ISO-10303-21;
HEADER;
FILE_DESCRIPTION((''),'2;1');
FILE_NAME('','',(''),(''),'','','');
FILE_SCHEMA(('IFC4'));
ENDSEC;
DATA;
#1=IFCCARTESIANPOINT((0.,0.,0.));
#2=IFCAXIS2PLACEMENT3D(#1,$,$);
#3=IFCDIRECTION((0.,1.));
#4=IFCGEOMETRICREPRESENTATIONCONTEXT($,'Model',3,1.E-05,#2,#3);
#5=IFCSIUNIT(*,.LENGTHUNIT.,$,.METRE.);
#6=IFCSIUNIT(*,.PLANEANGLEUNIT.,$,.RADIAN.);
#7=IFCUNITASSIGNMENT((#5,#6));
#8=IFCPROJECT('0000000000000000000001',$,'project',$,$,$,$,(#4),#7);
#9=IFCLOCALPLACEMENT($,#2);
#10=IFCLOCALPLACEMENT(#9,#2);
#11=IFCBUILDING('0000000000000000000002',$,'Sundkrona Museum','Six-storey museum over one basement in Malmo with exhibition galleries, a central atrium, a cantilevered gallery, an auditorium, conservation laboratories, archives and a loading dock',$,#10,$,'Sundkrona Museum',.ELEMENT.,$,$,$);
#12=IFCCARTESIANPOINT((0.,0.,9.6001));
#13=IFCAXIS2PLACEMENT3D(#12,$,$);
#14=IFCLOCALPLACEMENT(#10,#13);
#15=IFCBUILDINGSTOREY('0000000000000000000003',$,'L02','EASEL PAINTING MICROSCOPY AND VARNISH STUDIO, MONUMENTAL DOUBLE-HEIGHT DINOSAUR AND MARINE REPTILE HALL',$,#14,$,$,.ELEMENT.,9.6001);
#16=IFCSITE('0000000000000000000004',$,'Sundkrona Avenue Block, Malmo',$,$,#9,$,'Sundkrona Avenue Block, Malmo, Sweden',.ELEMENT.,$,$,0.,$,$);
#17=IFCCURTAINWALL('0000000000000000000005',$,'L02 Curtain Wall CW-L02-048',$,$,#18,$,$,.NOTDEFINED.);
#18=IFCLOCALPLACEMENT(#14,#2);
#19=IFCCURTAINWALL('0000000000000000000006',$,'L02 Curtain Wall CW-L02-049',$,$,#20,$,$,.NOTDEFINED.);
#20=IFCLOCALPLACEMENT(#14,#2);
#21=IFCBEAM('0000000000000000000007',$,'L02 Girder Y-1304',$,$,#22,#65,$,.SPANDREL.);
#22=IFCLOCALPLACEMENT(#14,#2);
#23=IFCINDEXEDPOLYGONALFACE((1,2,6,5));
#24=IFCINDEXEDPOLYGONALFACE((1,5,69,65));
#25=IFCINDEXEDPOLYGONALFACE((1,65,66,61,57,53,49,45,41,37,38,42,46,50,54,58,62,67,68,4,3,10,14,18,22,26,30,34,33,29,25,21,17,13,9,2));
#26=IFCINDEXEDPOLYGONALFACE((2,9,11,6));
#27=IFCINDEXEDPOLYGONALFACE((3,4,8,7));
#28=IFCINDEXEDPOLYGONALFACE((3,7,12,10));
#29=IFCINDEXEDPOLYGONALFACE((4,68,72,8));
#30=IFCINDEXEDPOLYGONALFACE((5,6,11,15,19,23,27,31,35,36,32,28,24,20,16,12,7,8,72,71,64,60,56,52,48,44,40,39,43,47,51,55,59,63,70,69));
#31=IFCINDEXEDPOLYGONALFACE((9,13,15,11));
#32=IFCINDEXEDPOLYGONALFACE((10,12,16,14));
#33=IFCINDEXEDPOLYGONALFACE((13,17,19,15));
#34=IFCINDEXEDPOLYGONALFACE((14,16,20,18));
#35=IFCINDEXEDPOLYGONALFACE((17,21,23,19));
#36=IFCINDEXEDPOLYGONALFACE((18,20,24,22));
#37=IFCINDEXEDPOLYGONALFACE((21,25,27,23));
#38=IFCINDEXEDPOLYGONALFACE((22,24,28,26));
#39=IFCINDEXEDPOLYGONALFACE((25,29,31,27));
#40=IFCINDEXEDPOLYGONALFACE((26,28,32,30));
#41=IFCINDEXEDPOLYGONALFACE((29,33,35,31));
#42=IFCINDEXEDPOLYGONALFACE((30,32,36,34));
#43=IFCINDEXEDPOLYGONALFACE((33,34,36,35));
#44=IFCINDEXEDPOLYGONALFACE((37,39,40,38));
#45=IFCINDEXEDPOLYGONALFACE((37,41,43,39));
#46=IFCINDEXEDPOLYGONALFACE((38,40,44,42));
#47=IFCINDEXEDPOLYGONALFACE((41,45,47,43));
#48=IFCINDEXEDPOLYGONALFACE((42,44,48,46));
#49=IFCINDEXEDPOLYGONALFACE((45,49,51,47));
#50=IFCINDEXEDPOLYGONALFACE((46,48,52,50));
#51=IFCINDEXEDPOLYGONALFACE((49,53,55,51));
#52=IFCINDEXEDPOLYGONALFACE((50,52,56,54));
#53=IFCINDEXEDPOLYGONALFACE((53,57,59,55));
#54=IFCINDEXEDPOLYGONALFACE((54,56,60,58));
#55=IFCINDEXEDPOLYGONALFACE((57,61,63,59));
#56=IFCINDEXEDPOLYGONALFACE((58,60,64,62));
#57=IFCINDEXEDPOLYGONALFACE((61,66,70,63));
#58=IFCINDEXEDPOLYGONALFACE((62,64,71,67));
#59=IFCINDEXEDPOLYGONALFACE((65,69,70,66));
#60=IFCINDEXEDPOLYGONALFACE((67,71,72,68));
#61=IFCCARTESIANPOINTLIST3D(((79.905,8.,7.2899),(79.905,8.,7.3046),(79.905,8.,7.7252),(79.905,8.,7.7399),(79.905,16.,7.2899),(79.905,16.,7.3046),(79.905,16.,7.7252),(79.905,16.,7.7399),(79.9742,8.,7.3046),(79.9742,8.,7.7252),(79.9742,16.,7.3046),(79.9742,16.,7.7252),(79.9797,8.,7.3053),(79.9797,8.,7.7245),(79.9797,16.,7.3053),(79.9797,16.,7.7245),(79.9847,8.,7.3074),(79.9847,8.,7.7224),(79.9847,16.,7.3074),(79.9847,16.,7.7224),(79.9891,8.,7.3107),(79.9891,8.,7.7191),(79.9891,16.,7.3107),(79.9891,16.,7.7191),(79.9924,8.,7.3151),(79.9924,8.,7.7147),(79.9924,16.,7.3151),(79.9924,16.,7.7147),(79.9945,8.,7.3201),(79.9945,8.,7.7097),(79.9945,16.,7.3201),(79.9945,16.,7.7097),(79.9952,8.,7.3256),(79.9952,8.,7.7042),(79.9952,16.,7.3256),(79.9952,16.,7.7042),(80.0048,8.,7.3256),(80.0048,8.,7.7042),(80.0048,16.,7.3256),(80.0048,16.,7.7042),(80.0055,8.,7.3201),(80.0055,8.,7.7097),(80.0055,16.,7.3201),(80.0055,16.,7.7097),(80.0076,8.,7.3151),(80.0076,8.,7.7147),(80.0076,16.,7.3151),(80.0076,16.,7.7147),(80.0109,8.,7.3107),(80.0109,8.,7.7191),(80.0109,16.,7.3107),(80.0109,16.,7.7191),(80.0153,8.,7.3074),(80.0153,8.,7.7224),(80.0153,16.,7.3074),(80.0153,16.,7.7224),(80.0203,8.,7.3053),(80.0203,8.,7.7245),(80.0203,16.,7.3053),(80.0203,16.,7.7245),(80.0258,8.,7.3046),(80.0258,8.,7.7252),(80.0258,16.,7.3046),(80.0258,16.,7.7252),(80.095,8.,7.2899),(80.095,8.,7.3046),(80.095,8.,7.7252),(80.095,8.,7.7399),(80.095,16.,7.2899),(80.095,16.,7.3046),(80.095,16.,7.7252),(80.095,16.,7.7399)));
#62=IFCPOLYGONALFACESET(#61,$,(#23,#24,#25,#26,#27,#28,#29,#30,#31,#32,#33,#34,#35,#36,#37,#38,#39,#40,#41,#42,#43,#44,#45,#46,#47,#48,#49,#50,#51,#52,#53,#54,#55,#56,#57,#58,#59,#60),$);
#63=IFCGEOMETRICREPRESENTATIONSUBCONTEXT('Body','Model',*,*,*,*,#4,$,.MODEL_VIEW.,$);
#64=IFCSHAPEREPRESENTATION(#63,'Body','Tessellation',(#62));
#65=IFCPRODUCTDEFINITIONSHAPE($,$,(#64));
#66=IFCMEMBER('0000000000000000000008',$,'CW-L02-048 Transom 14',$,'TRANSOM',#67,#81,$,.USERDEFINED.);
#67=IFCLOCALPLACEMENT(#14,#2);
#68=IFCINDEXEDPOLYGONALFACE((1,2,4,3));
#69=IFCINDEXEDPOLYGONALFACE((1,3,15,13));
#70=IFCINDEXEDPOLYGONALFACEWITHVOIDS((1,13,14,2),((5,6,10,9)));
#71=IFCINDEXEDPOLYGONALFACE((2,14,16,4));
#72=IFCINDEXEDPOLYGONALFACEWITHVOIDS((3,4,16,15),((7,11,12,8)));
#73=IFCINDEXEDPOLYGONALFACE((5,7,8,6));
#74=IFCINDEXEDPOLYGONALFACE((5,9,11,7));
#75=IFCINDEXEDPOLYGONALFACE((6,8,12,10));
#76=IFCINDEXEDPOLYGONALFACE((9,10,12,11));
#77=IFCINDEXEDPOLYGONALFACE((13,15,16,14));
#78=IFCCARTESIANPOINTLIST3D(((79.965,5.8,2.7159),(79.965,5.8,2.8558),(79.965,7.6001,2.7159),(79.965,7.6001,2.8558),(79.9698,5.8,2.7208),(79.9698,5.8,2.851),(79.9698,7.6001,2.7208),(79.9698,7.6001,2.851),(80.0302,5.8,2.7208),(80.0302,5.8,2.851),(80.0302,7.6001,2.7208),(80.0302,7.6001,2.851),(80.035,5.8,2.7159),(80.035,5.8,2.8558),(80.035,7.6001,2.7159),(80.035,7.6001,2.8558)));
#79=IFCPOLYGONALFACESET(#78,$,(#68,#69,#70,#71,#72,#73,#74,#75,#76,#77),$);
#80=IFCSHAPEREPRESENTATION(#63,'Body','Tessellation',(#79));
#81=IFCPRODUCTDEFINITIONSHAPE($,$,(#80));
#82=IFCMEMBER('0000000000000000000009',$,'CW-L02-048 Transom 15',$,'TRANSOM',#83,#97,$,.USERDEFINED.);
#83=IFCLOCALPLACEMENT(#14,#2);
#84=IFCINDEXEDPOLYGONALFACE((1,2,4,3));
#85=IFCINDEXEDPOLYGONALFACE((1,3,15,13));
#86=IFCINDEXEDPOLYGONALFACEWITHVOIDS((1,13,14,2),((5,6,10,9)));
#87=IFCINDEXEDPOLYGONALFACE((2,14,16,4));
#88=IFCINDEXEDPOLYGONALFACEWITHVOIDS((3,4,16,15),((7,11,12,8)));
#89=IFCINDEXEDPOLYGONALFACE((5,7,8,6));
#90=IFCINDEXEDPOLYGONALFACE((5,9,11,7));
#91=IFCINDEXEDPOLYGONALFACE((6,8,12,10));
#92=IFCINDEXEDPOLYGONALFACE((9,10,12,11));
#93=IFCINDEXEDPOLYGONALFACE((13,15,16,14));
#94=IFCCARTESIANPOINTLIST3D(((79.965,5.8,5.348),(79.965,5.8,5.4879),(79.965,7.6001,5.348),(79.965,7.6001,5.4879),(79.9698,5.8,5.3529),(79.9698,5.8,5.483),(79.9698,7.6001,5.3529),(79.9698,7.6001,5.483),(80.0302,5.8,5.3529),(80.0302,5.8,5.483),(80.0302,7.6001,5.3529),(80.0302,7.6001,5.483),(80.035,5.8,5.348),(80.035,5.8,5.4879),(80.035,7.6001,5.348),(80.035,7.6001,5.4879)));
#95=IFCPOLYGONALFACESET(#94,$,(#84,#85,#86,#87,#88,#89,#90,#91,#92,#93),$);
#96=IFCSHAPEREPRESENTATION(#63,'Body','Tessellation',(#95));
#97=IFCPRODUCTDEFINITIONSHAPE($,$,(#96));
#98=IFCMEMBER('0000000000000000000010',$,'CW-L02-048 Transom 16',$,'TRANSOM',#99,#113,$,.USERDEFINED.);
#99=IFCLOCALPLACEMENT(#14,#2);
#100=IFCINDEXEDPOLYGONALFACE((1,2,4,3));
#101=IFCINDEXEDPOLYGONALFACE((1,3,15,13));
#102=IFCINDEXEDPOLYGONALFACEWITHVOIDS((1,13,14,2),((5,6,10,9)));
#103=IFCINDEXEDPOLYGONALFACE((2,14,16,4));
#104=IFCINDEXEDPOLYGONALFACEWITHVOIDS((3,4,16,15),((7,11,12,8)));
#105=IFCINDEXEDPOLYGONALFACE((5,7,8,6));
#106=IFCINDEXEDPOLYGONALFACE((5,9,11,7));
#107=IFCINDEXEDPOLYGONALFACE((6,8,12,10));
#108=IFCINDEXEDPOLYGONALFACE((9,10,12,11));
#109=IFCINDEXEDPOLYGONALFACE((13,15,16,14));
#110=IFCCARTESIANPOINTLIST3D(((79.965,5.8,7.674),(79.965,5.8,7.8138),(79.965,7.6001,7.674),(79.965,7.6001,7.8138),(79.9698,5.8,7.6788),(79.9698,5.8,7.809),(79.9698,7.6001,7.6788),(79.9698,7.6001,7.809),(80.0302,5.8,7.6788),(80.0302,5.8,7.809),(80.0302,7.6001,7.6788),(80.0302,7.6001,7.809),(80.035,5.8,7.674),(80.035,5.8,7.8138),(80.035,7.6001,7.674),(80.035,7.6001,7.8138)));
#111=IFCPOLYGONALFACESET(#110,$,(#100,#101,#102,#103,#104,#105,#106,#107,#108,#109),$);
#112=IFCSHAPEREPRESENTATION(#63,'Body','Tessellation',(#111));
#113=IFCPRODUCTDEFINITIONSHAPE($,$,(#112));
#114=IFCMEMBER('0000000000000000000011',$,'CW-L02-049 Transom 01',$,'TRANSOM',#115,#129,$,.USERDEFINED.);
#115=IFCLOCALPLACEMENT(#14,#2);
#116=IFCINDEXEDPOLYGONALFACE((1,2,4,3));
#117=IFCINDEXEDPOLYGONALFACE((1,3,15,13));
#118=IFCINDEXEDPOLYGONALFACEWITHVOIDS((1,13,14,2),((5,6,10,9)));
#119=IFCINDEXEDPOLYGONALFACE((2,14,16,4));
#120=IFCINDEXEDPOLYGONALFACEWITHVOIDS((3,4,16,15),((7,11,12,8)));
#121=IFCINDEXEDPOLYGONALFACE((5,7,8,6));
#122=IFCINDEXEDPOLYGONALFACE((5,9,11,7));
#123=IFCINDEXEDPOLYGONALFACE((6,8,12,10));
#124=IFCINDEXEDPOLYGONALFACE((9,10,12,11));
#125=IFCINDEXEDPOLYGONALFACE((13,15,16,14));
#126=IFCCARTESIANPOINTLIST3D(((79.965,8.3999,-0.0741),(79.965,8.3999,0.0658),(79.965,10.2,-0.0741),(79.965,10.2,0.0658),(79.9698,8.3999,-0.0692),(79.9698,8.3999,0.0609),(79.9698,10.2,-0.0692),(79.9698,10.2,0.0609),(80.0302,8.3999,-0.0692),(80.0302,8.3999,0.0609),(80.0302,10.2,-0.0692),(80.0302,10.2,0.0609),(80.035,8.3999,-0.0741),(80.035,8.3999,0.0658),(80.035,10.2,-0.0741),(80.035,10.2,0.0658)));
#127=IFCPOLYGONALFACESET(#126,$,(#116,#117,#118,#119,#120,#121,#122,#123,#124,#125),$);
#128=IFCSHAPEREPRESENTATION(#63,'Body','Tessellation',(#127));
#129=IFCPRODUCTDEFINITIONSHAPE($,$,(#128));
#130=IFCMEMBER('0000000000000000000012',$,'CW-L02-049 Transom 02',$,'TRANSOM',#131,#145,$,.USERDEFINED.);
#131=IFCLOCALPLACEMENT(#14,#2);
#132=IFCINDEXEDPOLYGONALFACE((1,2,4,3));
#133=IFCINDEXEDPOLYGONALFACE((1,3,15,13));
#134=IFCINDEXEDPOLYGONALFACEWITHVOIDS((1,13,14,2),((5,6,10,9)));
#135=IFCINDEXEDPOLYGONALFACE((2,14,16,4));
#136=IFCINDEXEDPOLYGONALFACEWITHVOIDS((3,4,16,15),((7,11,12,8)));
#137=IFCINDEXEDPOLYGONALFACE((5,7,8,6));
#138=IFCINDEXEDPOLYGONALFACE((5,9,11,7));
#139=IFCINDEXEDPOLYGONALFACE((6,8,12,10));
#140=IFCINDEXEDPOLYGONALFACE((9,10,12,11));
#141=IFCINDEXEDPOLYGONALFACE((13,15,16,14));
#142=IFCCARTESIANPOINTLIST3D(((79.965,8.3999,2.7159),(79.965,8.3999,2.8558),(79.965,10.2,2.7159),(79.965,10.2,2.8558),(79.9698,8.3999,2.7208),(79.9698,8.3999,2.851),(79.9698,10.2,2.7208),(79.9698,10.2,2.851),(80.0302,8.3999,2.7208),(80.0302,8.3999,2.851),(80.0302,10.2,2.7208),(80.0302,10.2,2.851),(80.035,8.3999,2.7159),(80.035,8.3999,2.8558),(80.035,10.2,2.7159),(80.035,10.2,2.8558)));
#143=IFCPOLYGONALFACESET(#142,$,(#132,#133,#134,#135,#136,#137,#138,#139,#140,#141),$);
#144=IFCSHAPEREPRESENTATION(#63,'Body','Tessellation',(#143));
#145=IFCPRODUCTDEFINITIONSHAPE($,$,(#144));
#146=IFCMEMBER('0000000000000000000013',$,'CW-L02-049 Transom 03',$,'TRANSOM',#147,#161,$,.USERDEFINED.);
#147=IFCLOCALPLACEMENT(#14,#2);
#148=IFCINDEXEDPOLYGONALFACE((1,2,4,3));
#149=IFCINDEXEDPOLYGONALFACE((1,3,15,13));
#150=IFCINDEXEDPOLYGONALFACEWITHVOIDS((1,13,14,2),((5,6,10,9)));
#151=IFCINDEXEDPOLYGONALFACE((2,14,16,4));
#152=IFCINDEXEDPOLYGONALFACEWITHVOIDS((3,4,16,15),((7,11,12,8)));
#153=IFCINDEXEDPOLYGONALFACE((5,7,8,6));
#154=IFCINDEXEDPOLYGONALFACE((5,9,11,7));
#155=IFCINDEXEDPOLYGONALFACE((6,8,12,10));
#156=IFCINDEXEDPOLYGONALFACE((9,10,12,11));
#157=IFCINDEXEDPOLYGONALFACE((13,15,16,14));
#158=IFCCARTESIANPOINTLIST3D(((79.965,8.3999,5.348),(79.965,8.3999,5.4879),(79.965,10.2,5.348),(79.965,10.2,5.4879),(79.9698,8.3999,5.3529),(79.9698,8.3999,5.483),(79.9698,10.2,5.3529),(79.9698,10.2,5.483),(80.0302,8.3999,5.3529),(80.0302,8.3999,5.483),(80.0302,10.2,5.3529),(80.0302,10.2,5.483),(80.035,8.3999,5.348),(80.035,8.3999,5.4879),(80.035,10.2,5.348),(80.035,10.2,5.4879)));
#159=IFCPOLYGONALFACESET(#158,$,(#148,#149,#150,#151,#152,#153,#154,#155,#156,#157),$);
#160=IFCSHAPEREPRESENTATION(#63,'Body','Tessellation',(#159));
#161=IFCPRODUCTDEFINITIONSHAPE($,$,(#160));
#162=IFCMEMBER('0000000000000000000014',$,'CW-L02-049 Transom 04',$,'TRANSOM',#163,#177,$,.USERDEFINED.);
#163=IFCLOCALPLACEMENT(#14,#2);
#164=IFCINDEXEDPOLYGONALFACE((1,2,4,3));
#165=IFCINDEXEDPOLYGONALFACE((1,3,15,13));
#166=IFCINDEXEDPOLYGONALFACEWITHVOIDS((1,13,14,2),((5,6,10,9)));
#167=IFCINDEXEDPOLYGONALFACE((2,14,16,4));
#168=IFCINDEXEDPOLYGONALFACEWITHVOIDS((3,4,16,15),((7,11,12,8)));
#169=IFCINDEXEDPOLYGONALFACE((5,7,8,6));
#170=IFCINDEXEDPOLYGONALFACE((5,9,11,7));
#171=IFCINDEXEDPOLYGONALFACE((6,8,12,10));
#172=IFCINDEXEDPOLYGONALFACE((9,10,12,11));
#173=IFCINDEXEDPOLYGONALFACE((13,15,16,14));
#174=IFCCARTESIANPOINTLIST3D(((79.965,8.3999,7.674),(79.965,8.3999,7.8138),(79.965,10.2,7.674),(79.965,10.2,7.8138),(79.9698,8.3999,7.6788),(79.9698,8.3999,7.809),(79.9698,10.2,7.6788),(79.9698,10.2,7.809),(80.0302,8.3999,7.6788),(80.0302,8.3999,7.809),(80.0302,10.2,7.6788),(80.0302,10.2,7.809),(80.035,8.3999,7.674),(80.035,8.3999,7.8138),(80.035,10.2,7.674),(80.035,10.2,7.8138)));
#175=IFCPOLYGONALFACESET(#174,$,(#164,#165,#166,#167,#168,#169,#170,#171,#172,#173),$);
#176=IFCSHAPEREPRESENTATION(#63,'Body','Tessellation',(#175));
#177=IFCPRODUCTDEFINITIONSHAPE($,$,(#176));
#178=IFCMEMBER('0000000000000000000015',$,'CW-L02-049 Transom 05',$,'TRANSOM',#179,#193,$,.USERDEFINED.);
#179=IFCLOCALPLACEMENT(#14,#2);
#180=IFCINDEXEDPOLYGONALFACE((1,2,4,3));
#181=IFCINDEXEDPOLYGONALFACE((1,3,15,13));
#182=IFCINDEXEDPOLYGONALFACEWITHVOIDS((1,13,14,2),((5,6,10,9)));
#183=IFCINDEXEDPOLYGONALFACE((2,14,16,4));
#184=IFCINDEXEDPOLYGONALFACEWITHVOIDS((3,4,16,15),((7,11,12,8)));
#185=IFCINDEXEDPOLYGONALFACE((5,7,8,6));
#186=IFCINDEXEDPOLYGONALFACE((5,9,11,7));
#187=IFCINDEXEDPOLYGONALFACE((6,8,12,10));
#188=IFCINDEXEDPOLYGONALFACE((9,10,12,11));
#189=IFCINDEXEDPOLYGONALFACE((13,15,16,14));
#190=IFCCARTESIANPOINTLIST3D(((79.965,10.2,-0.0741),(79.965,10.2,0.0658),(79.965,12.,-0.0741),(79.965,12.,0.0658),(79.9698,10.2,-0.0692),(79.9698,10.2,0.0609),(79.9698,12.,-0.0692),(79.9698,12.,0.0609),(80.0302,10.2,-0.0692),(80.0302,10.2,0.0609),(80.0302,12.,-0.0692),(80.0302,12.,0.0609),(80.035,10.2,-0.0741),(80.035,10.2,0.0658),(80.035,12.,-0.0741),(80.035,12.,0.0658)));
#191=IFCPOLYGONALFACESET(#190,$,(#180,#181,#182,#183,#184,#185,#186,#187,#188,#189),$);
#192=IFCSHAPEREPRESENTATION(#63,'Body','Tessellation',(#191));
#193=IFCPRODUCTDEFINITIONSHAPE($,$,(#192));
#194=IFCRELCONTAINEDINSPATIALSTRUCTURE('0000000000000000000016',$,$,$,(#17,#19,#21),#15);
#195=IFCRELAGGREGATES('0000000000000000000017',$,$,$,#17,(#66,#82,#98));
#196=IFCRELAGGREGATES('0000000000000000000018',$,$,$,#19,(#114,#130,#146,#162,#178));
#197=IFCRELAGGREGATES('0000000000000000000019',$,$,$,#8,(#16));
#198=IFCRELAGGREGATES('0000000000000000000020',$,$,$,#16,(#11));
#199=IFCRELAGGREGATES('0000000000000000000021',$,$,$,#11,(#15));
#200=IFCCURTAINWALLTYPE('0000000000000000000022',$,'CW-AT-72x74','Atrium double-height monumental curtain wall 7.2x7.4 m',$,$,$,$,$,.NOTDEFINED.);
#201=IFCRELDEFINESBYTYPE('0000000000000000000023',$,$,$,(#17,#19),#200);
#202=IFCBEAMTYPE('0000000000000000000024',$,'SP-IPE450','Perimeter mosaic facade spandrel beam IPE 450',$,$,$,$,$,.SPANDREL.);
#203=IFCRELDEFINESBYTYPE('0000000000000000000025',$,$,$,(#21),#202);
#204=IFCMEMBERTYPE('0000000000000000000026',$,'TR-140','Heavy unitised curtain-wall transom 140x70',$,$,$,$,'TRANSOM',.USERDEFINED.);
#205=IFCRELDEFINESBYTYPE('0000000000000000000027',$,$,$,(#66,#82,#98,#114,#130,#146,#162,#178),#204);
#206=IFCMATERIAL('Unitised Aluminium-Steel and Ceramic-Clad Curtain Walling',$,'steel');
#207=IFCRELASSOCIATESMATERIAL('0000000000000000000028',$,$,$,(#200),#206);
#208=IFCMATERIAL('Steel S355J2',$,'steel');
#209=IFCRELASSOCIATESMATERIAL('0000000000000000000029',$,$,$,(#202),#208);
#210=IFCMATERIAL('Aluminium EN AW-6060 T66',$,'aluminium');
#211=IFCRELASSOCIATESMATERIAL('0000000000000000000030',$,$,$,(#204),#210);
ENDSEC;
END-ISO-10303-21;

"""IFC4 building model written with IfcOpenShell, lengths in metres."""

from ifc_helpers import new_model, si_unit, direction, frame, origin, origin_2d, place, context, subcontext, project, spatial, hollow_rectangle, i_section, extrude, material, material_profile, profile_set, type_object, element, aggregate, save


model = new_model("IFC4")

# Units and contexts
model_context = context("Model", 3, precision=1e-05, world=origin(), true_north=direction((0.0, 1.0)))
body_context = subcontext(model_context, "Body", "Model", "MODEL_VIEW")
ifc_project = project(units=[si_unit("LENGTHUNIT", "METRE"), si_unit("PLANEANGLEUNIT", "RADIAN")], contexts=[model_context])

# Site, building, storey
site_placement = place(None, origin())
site = spatial("IfcSite", under=ifc_project, at=site_placement, Name="Sundkrona Avenue Block, Malmo", LongName="Sundkrona Avenue Block, Malmo, Sweden", CompositionType="ELEMENT", RefElevation=0.0)
building_placement = place(site_placement, origin())
building = spatial("IfcBuilding", under=site, at=building_placement, Name="Sundkrona Museum", Description="Six-storey museum over one basement in Malmo with exhibition galleries, a central atrium, a cantilevered gallery, an auditorium, conservation laboratories, archives and a loading dock", LongName="Sundkrona Museum", CompositionType="ELEMENT")
storey_placement = place(building_placement, frame((0.0, 0.0, 9.6001)))
storey = spatial("IfcBuildingStorey", under=building, at=storey_placement, Name="L02", Description="EASEL PAINTING MICROSCOPY AND VARNISH STUDIO, MONUMENTAL DOUBLE-HEIGHT DINOSAUR AND MARINE REPTILE HALL", CompositionType="ELEMENT", Elevation=9.6001)

# Shared definitions
ifc_material_1 = material(Name="Steel S355J2", Category="steel")

# Curtain wall
ifc_material_2 = material(Name="Unitised Aluminium-Steel and Ceramic-Clad Curtain Walling", Category="steel")
curtain_wall_type = type_object("IfcCurtainWallType", Name="CW-AT-72x74", Description="Atrium double-height monumental curtain wall 7.2x7.4 m", PredefinedType="NOTDEFINED", material=ifc_material_2)
curtain_wall_1_placement = place(storey_placement, origin())
curtain_wall_1 = element("IfcCurtainWall", 1, at=curtain_wall_1_placement, inside=storey, type_object=curtain_wall_type, Name="L02 Curtain Wall CW-L02-048", PredefinedType="NOTDEFINED")
ifc_material_3 = material(Name="Aluminium EN AW-6060 T66", Category="aluminium")

# Curtain wall
curtain_wall_2_placement = place(storey_placement, origin())
curtain_wall_2 = element("IfcCurtainWall", 2, at=curtain_wall_2_placement, inside=storey, type_object=curtain_wall_type, Name="L02 Curtain Wall CW-L02-049", PredefinedType="NOTDEFINED")

# Beam
ifc_material_profile_1 = material_profile(ifc_material_1, i_section(OverallWidth=0.1899, OverallDepth=0.45, WebThickness=0.0095, FlangeThickness=0.0146, FilletRadius=0.021, at=origin_2d()), Name="IPE 450")
ifc_profile_set_1 = profile_set([ifc_material_profile_1], Name="Steel S355J2")
beam_type_1 = type_object("IfcBeamType", Name="SP-IPE450", Description="Perimeter mosaic facade spandrel beam IPE 450", PredefinedType="SPANDREL", material=ifc_profile_set_1)
beam_1_placement = place(storey_placement, frame((80.0, 8.0, 7.5149), z_axis=(0.0, 1.0, 0.0), x_axis=(-1.0, 0.0, 0.0)))
element("IfcBeam", 3, at=beam_1_placement, inside=storey, type_object=beam_type_1, Name="L02 Girder Y-1304", PredefinedType="SPANDREL", context=body_context, shape_type="SweptSolid", body=[
    extrude(i_section(OverallWidth=0.1899, OverallDepth=0.45, WebThickness=0.0095, FlangeThickness=0.0146, FilletRadius=0.021, at=origin_2d()), origin(), (0.0, 0.0, 1.0), 8.0),
])

# Members
ifc_material_profile_2 = material_profile(ifc_material_3, hollow_rectangle(XDim=0.0701, YDim=0.1399, WallThickness=0.0049, at=origin_2d()), Name="RHS 140x70x5.0")
ifc_profile_set_2 = profile_set([ifc_material_profile_2], Name="Aluminium EN AW-6060 T66")
member_type_1 = type_object("IfcMemberType", Name="TR-140", Description="Heavy unitised curtain-wall transom 140x70", ElementType="TRANSOM", PredefinedType="USERDEFINED", material=ifc_profile_set_2)
member_1_placement = place(storey_placement, frame((80.0, 5.8, 2.7859), z_axis=(0.0, 1.0, 0.0), x_axis=(-1.0, 0.0, 0.0)))
member_1 = element("IfcMember", 4, at=member_1_placement, type_object=member_type_1, Name="CW-L02-048 Transom 14", ObjectType="TRANSOM", PredefinedType="USERDEFINED", context=body_context, shape_type="SweptSolid", body=[
    extrude(hollow_rectangle(XDim=0.0701, YDim=0.1399, WallThickness=0.0049, at=origin_2d()), origin(), (0.0, 0.0, 1.0), 1.8),
])
member_2_placement = place(storey_placement, frame((80.0, 5.8, 5.418), z_axis=(0.0, 1.0, 0.0), x_axis=(-1.0, 0.0, 0.0)))
member_2 = element("IfcMember", 5, at=member_2_placement, type_object=member_type_1, Name="CW-L02-048 Transom 15", ObjectType="TRANSOM", PredefinedType="USERDEFINED", context=body_context, shape_type="SweptSolid", body=[
    extrude(hollow_rectangle(XDim=0.0701, YDim=0.1399, WallThickness=0.0049, at=origin_2d()), origin(), (0.0, 0.0, 1.0), 1.8),
])
member_3_placement = place(storey_placement, frame((80.0, 5.8, 7.7439), z_axis=(0.0, 1.0, 0.0), x_axis=(-1.0, 0.0, 0.0)))
member_3 = element("IfcMember", 6, at=member_3_placement, type_object=member_type_1, Name="CW-L02-048 Transom 16", ObjectType="TRANSOM", PredefinedType="USERDEFINED", context=body_context, shape_type="SweptSolid", body=[
    extrude(hollow_rectangle(XDim=0.0701, YDim=0.1399, WallThickness=0.0049, at=origin_2d()), origin(), (0.0, 0.0, 1.0), 1.8),
])
member_4_placement = place(storey_placement, frame((80.0, 8.3999, -0.0042), z_axis=(0.0, 1.0, 0.0), x_axis=(-1.0, 0.0, 0.0)))
member_4 = element("IfcMember", 7, at=member_4_placement, type_object=member_type_1, Name="CW-L02-049 Transom 01", ObjectType="TRANSOM", PredefinedType="USERDEFINED", context=body_context, shape_type="SweptSolid", body=[
    extrude(hollow_rectangle(XDim=0.0701, YDim=0.1399, WallThickness=0.0049, at=origin_2d()), origin(), (0.0, 0.0, 1.0), 1.8),
])
member_5_placement = place(storey_placement, frame((80.0, 8.3999, 2.7859), z_axis=(0.0, 1.0, 0.0), x_axis=(-1.0, 0.0, 0.0)))
member_5 = element("IfcMember", 8, at=member_5_placement, type_object=member_type_1, Name="CW-L02-049 Transom 02", ObjectType="TRANSOM", PredefinedType="USERDEFINED", context=body_context, shape_type="SweptSolid", body=[
    extrude(hollow_rectangle(XDim=0.0701, YDim=0.1399, WallThickness=0.0049, at=origin_2d()), origin(), (0.0, 0.0, 1.0), 1.8),
])
member_6_placement = place(storey_placement, frame((80.0, 8.3999, 5.418), z_axis=(0.0, 1.0, 0.0), x_axis=(-1.0, 0.0, 0.0)))
member_6 = element("IfcMember", 9, at=member_6_placement, type_object=member_type_1, Name="CW-L02-049 Transom 03", ObjectType="TRANSOM", PredefinedType="USERDEFINED", context=body_context, shape_type="SweptSolid", body=[
    extrude(hollow_rectangle(XDim=0.0701, YDim=0.1399, WallThickness=0.0049, at=origin_2d()), origin(), (0.0, 0.0, 1.0), 1.8),
])
member_7_placement = place(storey_placement, frame((80.0, 8.3999, 7.7439), z_axis=(0.0, 1.0, 0.0), x_axis=(-1.0, 0.0, 0.0)))
member_7 = element("IfcMember", 10, at=member_7_placement, type_object=member_type_1, Name="CW-L02-049 Transom 04", ObjectType="TRANSOM", PredefinedType="USERDEFINED", context=body_context, shape_type="SweptSolid", body=[
    extrude(hollow_rectangle(XDim=0.0701, YDim=0.1399, WallThickness=0.0049, at=origin_2d()), origin(), (0.0, 0.0, 1.0), 1.8),
])
member_8_placement = place(storey_placement, frame((80.0, 10.2, -0.0042), z_axis=(0.0, 1.0, 0.0), x_axis=(-1.0, 0.0, 0.0)))
member_8 = element("IfcMember", 11, at=member_8_placement, type_object=member_type_1, Name="CW-L02-049 Transom 05", ObjectType="TRANSOM", PredefinedType="USERDEFINED", context=body_context, shape_type="SweptSolid", body=[
    extrude(hollow_rectangle(XDim=0.0701, YDim=0.1399, WallThickness=0.0049, at=origin_2d()), origin(), (0.0, 0.0, 1.0), 1.8),
])

aggregate(curtain_wall_1, [member_1, member_2, member_3])
aggregate(curtain_wall_2, [member_4, member_5, member_6, member_7, member_8])

save(model, "model.ifc")
